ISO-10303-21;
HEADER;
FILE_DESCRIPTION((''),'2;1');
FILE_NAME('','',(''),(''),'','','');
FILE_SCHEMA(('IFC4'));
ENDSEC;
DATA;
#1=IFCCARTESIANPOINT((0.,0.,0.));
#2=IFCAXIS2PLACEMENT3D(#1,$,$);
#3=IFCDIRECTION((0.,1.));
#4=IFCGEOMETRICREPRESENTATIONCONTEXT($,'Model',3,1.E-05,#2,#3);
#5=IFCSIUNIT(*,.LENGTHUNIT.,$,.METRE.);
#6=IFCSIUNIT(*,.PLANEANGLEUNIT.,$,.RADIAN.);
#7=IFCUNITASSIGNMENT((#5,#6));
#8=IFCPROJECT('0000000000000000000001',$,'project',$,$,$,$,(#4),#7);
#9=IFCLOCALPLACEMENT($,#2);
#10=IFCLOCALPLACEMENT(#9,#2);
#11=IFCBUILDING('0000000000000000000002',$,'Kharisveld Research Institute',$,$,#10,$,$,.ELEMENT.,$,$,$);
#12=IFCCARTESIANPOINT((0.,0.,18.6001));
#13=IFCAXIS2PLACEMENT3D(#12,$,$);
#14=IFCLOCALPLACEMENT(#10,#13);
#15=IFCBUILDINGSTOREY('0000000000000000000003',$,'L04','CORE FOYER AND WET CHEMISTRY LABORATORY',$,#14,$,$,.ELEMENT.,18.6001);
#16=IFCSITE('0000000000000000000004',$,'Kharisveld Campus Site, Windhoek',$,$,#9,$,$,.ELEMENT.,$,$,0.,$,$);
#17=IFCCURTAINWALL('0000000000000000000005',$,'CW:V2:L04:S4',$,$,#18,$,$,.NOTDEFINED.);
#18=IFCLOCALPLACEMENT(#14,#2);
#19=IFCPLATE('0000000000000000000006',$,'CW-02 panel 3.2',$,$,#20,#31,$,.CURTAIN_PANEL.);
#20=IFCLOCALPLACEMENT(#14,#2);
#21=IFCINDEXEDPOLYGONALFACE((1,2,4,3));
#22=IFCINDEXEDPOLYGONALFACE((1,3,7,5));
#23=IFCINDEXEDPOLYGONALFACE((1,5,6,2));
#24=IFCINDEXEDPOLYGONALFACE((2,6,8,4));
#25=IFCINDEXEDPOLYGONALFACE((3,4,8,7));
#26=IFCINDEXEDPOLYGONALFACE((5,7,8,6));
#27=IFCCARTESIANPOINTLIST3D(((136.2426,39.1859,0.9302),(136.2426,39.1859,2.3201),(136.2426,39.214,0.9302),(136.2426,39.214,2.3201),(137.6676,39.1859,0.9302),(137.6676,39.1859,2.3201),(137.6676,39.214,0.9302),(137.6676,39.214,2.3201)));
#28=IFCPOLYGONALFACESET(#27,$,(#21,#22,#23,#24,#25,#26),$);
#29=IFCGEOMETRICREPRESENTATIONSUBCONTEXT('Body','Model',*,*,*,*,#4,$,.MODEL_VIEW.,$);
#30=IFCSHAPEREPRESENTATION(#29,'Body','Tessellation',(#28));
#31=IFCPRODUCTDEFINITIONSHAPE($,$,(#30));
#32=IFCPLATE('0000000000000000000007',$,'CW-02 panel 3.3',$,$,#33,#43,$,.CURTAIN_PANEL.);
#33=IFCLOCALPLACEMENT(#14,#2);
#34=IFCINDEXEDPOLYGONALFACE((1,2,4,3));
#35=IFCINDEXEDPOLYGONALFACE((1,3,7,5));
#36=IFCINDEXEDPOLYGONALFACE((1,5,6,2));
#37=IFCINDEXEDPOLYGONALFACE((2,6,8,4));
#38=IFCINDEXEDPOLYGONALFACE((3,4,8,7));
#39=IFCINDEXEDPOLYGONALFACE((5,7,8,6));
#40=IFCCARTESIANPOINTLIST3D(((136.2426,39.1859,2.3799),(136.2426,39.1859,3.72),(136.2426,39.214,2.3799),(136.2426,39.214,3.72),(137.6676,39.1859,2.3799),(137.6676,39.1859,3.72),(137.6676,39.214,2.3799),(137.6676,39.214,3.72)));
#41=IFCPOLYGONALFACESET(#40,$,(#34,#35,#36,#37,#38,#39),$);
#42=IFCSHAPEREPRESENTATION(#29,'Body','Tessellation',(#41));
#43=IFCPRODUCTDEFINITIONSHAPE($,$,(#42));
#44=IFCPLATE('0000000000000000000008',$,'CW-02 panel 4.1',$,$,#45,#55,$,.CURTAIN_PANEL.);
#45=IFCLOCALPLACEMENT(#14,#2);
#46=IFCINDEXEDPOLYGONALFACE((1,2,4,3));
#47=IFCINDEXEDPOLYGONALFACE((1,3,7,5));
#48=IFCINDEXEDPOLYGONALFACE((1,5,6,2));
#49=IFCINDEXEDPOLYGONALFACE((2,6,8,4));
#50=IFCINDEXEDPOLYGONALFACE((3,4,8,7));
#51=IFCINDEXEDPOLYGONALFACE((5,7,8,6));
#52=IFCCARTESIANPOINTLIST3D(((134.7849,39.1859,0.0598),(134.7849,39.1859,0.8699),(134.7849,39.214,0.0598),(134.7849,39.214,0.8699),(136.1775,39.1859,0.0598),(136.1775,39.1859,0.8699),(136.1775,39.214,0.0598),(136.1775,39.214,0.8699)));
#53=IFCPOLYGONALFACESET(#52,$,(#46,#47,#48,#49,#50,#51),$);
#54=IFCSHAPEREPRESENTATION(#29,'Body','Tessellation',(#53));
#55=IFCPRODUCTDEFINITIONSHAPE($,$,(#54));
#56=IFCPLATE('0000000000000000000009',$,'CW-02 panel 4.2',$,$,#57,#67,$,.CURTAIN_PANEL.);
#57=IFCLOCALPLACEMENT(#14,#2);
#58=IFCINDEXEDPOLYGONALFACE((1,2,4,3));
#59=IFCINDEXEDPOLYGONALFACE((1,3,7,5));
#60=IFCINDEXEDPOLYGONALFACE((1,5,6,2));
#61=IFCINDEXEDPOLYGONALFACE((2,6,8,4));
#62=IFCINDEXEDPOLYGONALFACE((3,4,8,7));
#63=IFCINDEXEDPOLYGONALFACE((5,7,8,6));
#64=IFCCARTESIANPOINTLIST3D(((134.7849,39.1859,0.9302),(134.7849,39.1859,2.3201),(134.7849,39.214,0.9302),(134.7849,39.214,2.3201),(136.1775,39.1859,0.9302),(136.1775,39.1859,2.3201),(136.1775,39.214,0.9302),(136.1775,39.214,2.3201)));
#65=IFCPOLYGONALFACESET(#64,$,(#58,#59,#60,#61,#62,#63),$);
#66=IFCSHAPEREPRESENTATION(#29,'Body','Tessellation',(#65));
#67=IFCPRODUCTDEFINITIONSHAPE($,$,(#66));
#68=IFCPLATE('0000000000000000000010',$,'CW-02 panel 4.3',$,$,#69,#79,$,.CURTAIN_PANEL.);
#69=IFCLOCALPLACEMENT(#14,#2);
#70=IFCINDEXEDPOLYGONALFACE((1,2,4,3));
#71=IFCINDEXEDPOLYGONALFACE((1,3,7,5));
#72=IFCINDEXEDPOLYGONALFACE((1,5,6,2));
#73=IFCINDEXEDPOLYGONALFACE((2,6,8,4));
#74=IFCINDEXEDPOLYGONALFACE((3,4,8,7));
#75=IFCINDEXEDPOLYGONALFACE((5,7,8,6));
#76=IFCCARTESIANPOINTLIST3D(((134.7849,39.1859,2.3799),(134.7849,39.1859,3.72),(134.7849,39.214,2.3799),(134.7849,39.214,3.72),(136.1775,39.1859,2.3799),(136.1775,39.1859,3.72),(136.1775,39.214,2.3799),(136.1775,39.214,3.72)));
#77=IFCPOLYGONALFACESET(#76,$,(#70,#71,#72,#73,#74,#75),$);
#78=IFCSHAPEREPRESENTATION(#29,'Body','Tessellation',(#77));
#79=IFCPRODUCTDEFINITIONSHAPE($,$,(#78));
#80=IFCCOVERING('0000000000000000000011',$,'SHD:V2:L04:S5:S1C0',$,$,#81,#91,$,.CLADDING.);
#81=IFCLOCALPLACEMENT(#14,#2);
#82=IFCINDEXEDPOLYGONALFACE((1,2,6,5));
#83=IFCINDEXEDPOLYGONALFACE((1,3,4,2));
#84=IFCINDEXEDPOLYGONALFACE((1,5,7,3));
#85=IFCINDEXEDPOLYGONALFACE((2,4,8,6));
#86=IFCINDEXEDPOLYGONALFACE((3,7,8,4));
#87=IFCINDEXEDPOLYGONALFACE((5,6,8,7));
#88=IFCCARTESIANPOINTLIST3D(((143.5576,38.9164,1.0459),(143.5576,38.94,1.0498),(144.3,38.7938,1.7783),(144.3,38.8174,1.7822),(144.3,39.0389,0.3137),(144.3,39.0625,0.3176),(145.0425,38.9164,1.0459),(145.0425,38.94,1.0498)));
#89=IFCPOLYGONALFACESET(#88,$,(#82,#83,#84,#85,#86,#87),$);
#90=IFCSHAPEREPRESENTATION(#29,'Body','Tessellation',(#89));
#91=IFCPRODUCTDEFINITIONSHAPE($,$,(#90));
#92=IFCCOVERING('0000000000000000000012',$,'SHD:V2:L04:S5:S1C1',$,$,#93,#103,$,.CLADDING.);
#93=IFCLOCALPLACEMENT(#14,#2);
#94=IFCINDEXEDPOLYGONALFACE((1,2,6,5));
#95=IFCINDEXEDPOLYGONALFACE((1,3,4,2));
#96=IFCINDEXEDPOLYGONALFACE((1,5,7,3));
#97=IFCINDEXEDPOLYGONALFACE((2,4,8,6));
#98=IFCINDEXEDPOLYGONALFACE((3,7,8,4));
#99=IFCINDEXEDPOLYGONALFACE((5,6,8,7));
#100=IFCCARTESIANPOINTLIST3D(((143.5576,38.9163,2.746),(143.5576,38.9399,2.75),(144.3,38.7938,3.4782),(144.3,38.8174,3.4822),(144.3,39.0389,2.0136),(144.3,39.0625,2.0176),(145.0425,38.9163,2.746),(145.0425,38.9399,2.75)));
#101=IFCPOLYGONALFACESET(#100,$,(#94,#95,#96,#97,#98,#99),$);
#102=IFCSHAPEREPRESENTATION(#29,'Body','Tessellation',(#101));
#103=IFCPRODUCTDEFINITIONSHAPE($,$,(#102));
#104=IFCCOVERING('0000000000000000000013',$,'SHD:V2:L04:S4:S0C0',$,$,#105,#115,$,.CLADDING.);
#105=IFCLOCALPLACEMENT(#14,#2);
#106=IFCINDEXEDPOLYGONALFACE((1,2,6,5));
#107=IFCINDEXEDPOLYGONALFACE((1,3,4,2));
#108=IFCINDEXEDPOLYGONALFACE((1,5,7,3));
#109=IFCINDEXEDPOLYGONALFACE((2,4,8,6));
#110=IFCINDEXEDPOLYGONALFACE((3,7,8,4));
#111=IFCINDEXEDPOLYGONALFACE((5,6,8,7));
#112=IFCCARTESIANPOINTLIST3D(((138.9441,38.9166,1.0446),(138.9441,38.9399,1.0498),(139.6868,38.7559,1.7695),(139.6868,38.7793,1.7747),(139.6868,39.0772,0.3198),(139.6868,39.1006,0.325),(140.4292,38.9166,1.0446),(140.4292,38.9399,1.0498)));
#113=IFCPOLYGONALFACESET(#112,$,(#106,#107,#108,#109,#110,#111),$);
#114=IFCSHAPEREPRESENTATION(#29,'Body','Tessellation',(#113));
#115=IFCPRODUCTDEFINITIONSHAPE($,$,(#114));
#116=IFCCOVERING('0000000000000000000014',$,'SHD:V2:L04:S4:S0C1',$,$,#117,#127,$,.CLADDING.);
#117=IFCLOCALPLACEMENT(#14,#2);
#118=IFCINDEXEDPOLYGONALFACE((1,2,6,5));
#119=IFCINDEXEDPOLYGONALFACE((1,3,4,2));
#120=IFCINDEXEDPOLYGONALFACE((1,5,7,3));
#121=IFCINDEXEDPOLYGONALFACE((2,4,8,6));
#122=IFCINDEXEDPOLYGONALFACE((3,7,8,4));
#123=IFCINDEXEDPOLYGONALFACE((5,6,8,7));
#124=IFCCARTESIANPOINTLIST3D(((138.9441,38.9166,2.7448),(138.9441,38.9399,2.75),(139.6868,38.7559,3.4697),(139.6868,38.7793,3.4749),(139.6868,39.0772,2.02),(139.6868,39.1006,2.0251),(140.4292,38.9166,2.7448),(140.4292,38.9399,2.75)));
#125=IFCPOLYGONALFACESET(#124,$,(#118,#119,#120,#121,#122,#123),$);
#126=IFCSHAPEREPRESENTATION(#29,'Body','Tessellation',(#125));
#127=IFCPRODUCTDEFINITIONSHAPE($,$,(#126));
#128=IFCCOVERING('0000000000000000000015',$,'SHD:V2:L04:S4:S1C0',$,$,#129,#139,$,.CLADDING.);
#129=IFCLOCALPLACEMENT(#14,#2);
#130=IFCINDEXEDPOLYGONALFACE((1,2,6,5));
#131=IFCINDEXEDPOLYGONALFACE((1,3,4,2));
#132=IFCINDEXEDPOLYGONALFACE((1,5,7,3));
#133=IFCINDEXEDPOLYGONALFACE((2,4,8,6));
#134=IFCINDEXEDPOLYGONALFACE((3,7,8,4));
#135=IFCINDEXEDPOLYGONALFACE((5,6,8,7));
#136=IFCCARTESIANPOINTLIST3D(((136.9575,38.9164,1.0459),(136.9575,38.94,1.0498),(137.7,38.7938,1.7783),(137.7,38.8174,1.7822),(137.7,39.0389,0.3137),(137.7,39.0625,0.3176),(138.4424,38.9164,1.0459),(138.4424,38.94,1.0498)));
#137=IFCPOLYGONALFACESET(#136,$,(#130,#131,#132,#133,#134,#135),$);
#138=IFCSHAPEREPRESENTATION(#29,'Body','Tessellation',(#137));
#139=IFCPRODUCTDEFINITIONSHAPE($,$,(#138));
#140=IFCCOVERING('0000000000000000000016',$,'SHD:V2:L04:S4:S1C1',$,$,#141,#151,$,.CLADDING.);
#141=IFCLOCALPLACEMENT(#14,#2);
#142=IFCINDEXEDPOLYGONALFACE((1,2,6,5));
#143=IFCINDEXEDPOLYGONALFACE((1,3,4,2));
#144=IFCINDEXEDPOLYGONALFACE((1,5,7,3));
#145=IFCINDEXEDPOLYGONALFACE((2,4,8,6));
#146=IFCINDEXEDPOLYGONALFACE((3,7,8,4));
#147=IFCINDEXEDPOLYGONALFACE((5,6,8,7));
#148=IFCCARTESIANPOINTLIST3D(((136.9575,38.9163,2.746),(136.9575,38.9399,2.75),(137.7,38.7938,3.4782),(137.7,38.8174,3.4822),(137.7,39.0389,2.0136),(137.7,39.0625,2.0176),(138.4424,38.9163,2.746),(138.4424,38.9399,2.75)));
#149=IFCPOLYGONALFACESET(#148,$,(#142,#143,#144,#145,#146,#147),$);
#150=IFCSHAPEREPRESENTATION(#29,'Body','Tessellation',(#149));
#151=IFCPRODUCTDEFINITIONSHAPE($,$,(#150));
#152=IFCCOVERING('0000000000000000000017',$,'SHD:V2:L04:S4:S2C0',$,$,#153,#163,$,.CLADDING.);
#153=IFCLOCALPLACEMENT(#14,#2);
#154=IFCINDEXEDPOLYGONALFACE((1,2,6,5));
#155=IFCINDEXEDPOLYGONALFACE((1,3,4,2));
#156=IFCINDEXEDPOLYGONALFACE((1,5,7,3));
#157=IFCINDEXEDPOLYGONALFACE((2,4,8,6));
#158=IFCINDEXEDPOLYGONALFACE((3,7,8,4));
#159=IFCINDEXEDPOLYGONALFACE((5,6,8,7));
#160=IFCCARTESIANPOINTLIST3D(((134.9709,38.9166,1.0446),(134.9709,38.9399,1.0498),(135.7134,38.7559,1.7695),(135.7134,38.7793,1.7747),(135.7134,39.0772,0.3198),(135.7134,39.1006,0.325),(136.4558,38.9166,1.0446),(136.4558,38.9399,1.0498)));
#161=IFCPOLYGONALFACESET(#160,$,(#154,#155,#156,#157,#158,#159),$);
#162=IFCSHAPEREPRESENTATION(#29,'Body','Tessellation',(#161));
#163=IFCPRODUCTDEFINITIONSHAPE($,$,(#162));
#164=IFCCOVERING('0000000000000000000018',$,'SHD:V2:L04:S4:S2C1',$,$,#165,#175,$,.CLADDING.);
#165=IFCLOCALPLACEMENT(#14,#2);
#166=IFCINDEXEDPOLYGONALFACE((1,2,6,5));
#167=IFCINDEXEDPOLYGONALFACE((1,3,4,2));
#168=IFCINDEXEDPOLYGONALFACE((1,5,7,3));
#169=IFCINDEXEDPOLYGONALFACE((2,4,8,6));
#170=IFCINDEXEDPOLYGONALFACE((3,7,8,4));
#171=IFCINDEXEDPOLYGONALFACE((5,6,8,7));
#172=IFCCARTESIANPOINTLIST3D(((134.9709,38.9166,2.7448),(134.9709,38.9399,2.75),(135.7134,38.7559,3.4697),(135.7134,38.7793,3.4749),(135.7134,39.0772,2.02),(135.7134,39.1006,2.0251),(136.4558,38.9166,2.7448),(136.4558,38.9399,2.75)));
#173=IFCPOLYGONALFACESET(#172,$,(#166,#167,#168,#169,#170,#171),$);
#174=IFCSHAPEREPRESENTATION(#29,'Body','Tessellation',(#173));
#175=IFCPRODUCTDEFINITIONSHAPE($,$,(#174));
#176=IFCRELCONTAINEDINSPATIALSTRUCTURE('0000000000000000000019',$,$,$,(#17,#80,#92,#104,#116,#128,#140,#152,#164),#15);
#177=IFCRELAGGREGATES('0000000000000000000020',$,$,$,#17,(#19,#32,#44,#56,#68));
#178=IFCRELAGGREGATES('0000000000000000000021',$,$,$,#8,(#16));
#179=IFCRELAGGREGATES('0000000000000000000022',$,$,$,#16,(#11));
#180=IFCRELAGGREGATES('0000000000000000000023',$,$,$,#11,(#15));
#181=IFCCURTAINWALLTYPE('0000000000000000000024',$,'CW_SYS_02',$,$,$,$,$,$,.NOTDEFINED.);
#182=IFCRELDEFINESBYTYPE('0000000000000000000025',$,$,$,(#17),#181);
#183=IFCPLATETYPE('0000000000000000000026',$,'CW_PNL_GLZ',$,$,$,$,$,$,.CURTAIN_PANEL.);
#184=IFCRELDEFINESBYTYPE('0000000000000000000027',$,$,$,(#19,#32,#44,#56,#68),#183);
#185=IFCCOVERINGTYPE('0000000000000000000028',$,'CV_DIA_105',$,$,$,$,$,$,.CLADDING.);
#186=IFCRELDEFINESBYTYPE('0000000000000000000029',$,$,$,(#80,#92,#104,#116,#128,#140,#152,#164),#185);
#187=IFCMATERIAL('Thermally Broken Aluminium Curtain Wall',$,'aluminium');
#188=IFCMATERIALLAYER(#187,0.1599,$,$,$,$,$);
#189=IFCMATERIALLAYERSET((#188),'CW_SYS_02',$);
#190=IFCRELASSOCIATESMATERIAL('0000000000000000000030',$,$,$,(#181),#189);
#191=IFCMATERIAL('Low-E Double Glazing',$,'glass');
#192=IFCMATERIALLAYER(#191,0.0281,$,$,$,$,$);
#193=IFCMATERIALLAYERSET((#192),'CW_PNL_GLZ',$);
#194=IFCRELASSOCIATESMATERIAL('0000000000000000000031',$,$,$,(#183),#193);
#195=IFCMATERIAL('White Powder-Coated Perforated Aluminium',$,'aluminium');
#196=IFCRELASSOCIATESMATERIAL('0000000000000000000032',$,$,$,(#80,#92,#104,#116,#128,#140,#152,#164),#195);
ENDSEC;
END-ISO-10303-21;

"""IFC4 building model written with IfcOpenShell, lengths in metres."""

from ifc_helpers import new_model, si_unit, direction, frame, origin, origin_2d, place, context, subcontext, project, spatial, polyline, rectangle, outline, extrude, material, layer, layer_set, type_object, element, aggregate, save


model = new_model("IFC4")

# Units and contexts
model_context = context("Model", 3, precision=1e-05, world=origin(), true_north=direction((0.0, 1.0)))
body_context = subcontext(model_context, "Body", "Model", "MODEL_VIEW")
ifc_project = project(units=[si_unit("LENGTHUNIT", "METRE"), si_unit("PLANEANGLEUNIT", "RADIAN")], contexts=[model_context])

# Site, building, storey
site_placement = place(None, origin())
site = spatial("IfcSite", under=ifc_project, at=site_placement, Name="Kharisveld Campus Site, Windhoek", CompositionType="ELEMENT", RefElevation=0.0)
building_placement = place(site_placement, origin())
building = spatial("IfcBuilding", under=site, at=building_placement, Name="Kharisveld Research Institute", CompositionType="ELEMENT")
storey_placement = place(building_placement, frame((0.0, 0.0, 18.6001)))
storey = spatial("IfcBuildingStorey", under=building, at=storey_placement, Name="L04", Description="CORE FOYER AND WET CHEMISTRY LABORATORY", CompositionType="ELEMENT", Elevation=18.6001)

# Curtain wall, plates
ifc_material_1 = material(Name="Thermally Broken Aluminium Curtain Wall", Category="aluminium")
ifc_layer_1 = layer(ifc_material_1, 0.1599)
ifc_layer_set_1 = layer_set([ifc_layer_1], Name="CW_SYS_02")
curtain_wall_type = type_object("IfcCurtainWallType", Name="CW_SYS_02", PredefinedType="NOTDEFINED", material=ifc_layer_set_1)
curtain_wall_placement = place(storey_placement, origin())
curtain_wall = element("IfcCurtainWall", 1, at=curtain_wall_placement, inside=storey, type_object=curtain_wall_type, Name="CW:V2:L04:S4", PredefinedType="NOTDEFINED")
ifc_material_2 = material(Name="Low-E Double Glazing", Category="glass")
ifc_layer_2 = layer(ifc_material_2, 0.0281)
ifc_layer_set_2 = layer_set([ifc_layer_2], Name="CW_PNL_GLZ")
plate_type = type_object("IfcPlateType", Name="CW_PNL_GLZ", PredefinedType="CURTAIN_PANEL", material=ifc_layer_set_2)
plate_1_placement = place(storey_placement, frame((136.9551, 39.2, 0.9302), z_axis=(0.0, 0.0, 1.0), x_axis=(-1.0, 0.0, 0.0)))
plate_1 = element("IfcPlate", 2, at=plate_1_placement, type_object=plate_type, Name="CW-02 panel 3.2", PredefinedType="CURTAIN_PANEL", context=body_context, shape_type="SweptSolid", body=[
    extrude(rectangle(XDim=1.425, YDim=0.0281, at=origin_2d()), origin(), (0.0, 0.0, 1.0), 1.3899),
])
plate_2_placement = place(storey_placement, frame((136.9551, 39.2, 2.3799), z_axis=(0.0, 0.0, 1.0), x_axis=(-1.0, 0.0, 0.0)))
plate_2 = element("IfcPlate", 3, at=plate_2_placement, type_object=plate_type, Name="CW-02 panel 3.3", PredefinedType="CURTAIN_PANEL", context=body_context, shape_type="SweptSolid", body=[
    extrude(rectangle(XDim=1.425, YDim=0.0281, at=origin_2d()), origin(), (0.0, 0.0, 1.0), 1.3401),
])
plate_3_placement = place(storey_placement, frame((135.4812, 39.2, 0.0598), z_axis=(0.0, 0.0, 1.0), x_axis=(-1.0, 0.0, 0.0)))
plate_3 = element("IfcPlate", 4, at=plate_3_placement, type_object=plate_type, Name="CW-02 panel 4.1", PredefinedType="CURTAIN_PANEL", context=body_context, shape_type="SweptSolid", body=[
    extrude(rectangle(XDim=1.3926, YDim=0.0281, at=origin_2d()), origin(), (0.0, 0.0, 1.0), 0.8101),
])
plate_4_placement = place(storey_placement, frame((135.4812, 39.2, 0.9302), z_axis=(0.0, 0.0, 1.0), x_axis=(-1.0, 0.0, 0.0)))
plate_4 = element("IfcPlate", 5, at=plate_4_placement, type_object=plate_type, Name="CW-02 panel 4.2", PredefinedType="CURTAIN_PANEL", context=body_context, shape_type="SweptSolid", body=[
    extrude(rectangle(XDim=1.3926, YDim=0.0281, at=origin_2d()), origin(), (0.0, 0.0, 1.0), 1.3899),
])
plate_5_placement = place(storey_placement, frame((135.4812, 39.2, 2.3799), z_axis=(0.0, 0.0, 1.0), x_axis=(-1.0, 0.0, 0.0)))
plate_5 = element("IfcPlate", 6, at=plate_5_placement, type_object=plate_type, Name="CW-02 panel 4.3", PredefinedType="CURTAIN_PANEL", context=body_context, shape_type="SweptSolid", body=[
    extrude(rectangle(XDim=1.3926, YDim=0.0281, at=origin_2d()), origin(), (0.0, 0.0, 1.0), 1.3401),
])
aggregate(curtain_wall, [plate_1, plate_2, plate_3, plate_4, plate_5])

# Coverings
ifc_material_3 = material(Name="White Powder-Coated Perforated Aluminium", Category="aluminium")
covering_type = type_object("IfcCoveringType", Name="CV_DIA_105", PredefinedType="CLADDING")
covering_1_placement = place(storey_placement, frame((144.3, 39.0625, 0.3176), z_axis=(0.0, 0.986283, 0.165065), x_axis=(-0.707139, -0.116714, 0.697376)))
element("IfcCovering", 7, at=covering_1_placement, inside=storey, type_object=covering_type, material=ifc_material_3, Name="SHD:V2:L04:S5:S1C0", PredefinedType="CLADDING", context=body_context, shape_type="SweptSolid", body=[
    extrude(outline(polyline([(0.0, 0.0), (1.0499, 0.0), (1.05, 1.0501), (-0.0001, 1.0499), (0.0, 0.0)])), origin(), (0.0, 0.0, -1.0), 0.0239),
])
covering_2_placement = place(storey_placement, frame((144.3, 39.0625, 2.0176), z_axis=(0.0, 0.986283, 0.165065), x_axis=(-0.707024, -0.116733, 0.697489)))
element("IfcCovering", 8, at=covering_2_placement, inside=storey, type_object=covering_type, material=ifc_material_3, Name="SHD:V2:L04:S5:S1C1", PredefinedType="CLADDING", context=body_context, shape_type="SweptSolid", body=[
    extrude(outline(polyline([(0.0, 0.0), (1.0501, 0.0), (1.0502, 1.0499), (0.0002, 1.0501), (0.0, 0.0)])), origin(), (0.0, 0.0, -1.0), 0.0239),
])
for number, where, z_axis, x_axis, name in (
    (9, (139.6868, 39.1006, 0.325), (0.0, 0.976311, 0.216373), (-0.707218, -0.152975, 0.690247), "SHD:V2:L04:S4:S0C0"),
    (10, (139.6868, 39.1006, 2.0251), (0.0, 0.976311, 0.216373), (-0.707218, -0.152975, 0.690247), "SHD:V2:L04:S4:S0C1"),
):
    element("IfcCovering", number, at=place(storey_placement, frame(where, z_axis=z_axis, x_axis=x_axis)), inside=storey, type_object=covering_type, material=ifc_material_3, Name=name, PredefinedType="CLADDING", context=body_context, shape_type="SweptSolid", body=[
        extrude(outline(polyline([(0.0, 0.0), (1.0501, 0.0), (1.0498, 1.0501), (-0.0002, 1.05), (0.0, 0.0)])), origin(), (0.0, 0.0, -1.0), 0.0239),
    ])
covering_3_placement = place(storey_placement, frame((137.7, 39.0625, 0.3176), z_axis=(0.0, 0.986283, 0.165065), x_axis=(-0.707139, -0.116714, 0.697376)))
element("IfcCovering", 11, at=covering_3_placement, inside=storey, type_object=covering_type, material=ifc_material_3, Name="SHD:V2:L04:S4:S1C0", PredefinedType="CLADDING", context=body_context, shape_type="SweptSolid", body=[
    extrude(outline(polyline([(0.0, 0.0), (1.0499, 0.0), (1.05, 1.0501), (-0.0001, 1.0499), (0.0, 0.0)])), origin(), (0.0, 0.0, -1.0), 0.0239),
])
covering_4_placement = place(storey_placement, frame((137.7, 39.0625, 2.0176), z_axis=(0.0, 0.986283, 0.165065), x_axis=(-0.707024, -0.116733, 0.697489)))
element("IfcCovering", 12, at=covering_4_placement, inside=storey, type_object=covering_type, material=ifc_material_3, Name="SHD:V2:L04:S4:S1C1", PredefinedType="CLADDING", context=body_context, shape_type="SweptSolid", body=[
    extrude(outline(polyline([(0.0, 0.0), (1.0501, 0.0), (1.0502, 1.0499), (0.0002, 1.0501), (0.0, 0.0)])), origin(), (0.0, 0.0, -1.0), 0.0239),
])
for number, where, z_axis, x_axis, name in (
    (13, (135.7134, 39.1006, 0.325), (0.0, 0.976311, 0.216373), (-0.707102, -0.153, 0.69036), "SHD:V2:L04:S4:S2C0"),
    (14, (135.7134, 39.1006, 2.0251), (0.0, 0.976311, 0.216373), (-0.707102, -0.153, 0.69036), "SHD:V2:L04:S4:S2C1"),
):
    element("IfcCovering", number, at=place(storey_placement, frame(where, z_axis=z_axis, x_axis=x_axis)), inside=storey, type_object=covering_type, material=ifc_material_3, Name=name, PredefinedType="CLADDING", context=body_context, shape_type="SweptSolid", body=[
        extrude(outline(polyline([(0.0, 0.0), (1.05, 0.0), (1.05, 1.05), (0.0, 1.05), (0.0, 0.0)])), origin(), (0.0, 0.0, -1.0), 0.0239),
    ])

save(model, "model.ifc")
